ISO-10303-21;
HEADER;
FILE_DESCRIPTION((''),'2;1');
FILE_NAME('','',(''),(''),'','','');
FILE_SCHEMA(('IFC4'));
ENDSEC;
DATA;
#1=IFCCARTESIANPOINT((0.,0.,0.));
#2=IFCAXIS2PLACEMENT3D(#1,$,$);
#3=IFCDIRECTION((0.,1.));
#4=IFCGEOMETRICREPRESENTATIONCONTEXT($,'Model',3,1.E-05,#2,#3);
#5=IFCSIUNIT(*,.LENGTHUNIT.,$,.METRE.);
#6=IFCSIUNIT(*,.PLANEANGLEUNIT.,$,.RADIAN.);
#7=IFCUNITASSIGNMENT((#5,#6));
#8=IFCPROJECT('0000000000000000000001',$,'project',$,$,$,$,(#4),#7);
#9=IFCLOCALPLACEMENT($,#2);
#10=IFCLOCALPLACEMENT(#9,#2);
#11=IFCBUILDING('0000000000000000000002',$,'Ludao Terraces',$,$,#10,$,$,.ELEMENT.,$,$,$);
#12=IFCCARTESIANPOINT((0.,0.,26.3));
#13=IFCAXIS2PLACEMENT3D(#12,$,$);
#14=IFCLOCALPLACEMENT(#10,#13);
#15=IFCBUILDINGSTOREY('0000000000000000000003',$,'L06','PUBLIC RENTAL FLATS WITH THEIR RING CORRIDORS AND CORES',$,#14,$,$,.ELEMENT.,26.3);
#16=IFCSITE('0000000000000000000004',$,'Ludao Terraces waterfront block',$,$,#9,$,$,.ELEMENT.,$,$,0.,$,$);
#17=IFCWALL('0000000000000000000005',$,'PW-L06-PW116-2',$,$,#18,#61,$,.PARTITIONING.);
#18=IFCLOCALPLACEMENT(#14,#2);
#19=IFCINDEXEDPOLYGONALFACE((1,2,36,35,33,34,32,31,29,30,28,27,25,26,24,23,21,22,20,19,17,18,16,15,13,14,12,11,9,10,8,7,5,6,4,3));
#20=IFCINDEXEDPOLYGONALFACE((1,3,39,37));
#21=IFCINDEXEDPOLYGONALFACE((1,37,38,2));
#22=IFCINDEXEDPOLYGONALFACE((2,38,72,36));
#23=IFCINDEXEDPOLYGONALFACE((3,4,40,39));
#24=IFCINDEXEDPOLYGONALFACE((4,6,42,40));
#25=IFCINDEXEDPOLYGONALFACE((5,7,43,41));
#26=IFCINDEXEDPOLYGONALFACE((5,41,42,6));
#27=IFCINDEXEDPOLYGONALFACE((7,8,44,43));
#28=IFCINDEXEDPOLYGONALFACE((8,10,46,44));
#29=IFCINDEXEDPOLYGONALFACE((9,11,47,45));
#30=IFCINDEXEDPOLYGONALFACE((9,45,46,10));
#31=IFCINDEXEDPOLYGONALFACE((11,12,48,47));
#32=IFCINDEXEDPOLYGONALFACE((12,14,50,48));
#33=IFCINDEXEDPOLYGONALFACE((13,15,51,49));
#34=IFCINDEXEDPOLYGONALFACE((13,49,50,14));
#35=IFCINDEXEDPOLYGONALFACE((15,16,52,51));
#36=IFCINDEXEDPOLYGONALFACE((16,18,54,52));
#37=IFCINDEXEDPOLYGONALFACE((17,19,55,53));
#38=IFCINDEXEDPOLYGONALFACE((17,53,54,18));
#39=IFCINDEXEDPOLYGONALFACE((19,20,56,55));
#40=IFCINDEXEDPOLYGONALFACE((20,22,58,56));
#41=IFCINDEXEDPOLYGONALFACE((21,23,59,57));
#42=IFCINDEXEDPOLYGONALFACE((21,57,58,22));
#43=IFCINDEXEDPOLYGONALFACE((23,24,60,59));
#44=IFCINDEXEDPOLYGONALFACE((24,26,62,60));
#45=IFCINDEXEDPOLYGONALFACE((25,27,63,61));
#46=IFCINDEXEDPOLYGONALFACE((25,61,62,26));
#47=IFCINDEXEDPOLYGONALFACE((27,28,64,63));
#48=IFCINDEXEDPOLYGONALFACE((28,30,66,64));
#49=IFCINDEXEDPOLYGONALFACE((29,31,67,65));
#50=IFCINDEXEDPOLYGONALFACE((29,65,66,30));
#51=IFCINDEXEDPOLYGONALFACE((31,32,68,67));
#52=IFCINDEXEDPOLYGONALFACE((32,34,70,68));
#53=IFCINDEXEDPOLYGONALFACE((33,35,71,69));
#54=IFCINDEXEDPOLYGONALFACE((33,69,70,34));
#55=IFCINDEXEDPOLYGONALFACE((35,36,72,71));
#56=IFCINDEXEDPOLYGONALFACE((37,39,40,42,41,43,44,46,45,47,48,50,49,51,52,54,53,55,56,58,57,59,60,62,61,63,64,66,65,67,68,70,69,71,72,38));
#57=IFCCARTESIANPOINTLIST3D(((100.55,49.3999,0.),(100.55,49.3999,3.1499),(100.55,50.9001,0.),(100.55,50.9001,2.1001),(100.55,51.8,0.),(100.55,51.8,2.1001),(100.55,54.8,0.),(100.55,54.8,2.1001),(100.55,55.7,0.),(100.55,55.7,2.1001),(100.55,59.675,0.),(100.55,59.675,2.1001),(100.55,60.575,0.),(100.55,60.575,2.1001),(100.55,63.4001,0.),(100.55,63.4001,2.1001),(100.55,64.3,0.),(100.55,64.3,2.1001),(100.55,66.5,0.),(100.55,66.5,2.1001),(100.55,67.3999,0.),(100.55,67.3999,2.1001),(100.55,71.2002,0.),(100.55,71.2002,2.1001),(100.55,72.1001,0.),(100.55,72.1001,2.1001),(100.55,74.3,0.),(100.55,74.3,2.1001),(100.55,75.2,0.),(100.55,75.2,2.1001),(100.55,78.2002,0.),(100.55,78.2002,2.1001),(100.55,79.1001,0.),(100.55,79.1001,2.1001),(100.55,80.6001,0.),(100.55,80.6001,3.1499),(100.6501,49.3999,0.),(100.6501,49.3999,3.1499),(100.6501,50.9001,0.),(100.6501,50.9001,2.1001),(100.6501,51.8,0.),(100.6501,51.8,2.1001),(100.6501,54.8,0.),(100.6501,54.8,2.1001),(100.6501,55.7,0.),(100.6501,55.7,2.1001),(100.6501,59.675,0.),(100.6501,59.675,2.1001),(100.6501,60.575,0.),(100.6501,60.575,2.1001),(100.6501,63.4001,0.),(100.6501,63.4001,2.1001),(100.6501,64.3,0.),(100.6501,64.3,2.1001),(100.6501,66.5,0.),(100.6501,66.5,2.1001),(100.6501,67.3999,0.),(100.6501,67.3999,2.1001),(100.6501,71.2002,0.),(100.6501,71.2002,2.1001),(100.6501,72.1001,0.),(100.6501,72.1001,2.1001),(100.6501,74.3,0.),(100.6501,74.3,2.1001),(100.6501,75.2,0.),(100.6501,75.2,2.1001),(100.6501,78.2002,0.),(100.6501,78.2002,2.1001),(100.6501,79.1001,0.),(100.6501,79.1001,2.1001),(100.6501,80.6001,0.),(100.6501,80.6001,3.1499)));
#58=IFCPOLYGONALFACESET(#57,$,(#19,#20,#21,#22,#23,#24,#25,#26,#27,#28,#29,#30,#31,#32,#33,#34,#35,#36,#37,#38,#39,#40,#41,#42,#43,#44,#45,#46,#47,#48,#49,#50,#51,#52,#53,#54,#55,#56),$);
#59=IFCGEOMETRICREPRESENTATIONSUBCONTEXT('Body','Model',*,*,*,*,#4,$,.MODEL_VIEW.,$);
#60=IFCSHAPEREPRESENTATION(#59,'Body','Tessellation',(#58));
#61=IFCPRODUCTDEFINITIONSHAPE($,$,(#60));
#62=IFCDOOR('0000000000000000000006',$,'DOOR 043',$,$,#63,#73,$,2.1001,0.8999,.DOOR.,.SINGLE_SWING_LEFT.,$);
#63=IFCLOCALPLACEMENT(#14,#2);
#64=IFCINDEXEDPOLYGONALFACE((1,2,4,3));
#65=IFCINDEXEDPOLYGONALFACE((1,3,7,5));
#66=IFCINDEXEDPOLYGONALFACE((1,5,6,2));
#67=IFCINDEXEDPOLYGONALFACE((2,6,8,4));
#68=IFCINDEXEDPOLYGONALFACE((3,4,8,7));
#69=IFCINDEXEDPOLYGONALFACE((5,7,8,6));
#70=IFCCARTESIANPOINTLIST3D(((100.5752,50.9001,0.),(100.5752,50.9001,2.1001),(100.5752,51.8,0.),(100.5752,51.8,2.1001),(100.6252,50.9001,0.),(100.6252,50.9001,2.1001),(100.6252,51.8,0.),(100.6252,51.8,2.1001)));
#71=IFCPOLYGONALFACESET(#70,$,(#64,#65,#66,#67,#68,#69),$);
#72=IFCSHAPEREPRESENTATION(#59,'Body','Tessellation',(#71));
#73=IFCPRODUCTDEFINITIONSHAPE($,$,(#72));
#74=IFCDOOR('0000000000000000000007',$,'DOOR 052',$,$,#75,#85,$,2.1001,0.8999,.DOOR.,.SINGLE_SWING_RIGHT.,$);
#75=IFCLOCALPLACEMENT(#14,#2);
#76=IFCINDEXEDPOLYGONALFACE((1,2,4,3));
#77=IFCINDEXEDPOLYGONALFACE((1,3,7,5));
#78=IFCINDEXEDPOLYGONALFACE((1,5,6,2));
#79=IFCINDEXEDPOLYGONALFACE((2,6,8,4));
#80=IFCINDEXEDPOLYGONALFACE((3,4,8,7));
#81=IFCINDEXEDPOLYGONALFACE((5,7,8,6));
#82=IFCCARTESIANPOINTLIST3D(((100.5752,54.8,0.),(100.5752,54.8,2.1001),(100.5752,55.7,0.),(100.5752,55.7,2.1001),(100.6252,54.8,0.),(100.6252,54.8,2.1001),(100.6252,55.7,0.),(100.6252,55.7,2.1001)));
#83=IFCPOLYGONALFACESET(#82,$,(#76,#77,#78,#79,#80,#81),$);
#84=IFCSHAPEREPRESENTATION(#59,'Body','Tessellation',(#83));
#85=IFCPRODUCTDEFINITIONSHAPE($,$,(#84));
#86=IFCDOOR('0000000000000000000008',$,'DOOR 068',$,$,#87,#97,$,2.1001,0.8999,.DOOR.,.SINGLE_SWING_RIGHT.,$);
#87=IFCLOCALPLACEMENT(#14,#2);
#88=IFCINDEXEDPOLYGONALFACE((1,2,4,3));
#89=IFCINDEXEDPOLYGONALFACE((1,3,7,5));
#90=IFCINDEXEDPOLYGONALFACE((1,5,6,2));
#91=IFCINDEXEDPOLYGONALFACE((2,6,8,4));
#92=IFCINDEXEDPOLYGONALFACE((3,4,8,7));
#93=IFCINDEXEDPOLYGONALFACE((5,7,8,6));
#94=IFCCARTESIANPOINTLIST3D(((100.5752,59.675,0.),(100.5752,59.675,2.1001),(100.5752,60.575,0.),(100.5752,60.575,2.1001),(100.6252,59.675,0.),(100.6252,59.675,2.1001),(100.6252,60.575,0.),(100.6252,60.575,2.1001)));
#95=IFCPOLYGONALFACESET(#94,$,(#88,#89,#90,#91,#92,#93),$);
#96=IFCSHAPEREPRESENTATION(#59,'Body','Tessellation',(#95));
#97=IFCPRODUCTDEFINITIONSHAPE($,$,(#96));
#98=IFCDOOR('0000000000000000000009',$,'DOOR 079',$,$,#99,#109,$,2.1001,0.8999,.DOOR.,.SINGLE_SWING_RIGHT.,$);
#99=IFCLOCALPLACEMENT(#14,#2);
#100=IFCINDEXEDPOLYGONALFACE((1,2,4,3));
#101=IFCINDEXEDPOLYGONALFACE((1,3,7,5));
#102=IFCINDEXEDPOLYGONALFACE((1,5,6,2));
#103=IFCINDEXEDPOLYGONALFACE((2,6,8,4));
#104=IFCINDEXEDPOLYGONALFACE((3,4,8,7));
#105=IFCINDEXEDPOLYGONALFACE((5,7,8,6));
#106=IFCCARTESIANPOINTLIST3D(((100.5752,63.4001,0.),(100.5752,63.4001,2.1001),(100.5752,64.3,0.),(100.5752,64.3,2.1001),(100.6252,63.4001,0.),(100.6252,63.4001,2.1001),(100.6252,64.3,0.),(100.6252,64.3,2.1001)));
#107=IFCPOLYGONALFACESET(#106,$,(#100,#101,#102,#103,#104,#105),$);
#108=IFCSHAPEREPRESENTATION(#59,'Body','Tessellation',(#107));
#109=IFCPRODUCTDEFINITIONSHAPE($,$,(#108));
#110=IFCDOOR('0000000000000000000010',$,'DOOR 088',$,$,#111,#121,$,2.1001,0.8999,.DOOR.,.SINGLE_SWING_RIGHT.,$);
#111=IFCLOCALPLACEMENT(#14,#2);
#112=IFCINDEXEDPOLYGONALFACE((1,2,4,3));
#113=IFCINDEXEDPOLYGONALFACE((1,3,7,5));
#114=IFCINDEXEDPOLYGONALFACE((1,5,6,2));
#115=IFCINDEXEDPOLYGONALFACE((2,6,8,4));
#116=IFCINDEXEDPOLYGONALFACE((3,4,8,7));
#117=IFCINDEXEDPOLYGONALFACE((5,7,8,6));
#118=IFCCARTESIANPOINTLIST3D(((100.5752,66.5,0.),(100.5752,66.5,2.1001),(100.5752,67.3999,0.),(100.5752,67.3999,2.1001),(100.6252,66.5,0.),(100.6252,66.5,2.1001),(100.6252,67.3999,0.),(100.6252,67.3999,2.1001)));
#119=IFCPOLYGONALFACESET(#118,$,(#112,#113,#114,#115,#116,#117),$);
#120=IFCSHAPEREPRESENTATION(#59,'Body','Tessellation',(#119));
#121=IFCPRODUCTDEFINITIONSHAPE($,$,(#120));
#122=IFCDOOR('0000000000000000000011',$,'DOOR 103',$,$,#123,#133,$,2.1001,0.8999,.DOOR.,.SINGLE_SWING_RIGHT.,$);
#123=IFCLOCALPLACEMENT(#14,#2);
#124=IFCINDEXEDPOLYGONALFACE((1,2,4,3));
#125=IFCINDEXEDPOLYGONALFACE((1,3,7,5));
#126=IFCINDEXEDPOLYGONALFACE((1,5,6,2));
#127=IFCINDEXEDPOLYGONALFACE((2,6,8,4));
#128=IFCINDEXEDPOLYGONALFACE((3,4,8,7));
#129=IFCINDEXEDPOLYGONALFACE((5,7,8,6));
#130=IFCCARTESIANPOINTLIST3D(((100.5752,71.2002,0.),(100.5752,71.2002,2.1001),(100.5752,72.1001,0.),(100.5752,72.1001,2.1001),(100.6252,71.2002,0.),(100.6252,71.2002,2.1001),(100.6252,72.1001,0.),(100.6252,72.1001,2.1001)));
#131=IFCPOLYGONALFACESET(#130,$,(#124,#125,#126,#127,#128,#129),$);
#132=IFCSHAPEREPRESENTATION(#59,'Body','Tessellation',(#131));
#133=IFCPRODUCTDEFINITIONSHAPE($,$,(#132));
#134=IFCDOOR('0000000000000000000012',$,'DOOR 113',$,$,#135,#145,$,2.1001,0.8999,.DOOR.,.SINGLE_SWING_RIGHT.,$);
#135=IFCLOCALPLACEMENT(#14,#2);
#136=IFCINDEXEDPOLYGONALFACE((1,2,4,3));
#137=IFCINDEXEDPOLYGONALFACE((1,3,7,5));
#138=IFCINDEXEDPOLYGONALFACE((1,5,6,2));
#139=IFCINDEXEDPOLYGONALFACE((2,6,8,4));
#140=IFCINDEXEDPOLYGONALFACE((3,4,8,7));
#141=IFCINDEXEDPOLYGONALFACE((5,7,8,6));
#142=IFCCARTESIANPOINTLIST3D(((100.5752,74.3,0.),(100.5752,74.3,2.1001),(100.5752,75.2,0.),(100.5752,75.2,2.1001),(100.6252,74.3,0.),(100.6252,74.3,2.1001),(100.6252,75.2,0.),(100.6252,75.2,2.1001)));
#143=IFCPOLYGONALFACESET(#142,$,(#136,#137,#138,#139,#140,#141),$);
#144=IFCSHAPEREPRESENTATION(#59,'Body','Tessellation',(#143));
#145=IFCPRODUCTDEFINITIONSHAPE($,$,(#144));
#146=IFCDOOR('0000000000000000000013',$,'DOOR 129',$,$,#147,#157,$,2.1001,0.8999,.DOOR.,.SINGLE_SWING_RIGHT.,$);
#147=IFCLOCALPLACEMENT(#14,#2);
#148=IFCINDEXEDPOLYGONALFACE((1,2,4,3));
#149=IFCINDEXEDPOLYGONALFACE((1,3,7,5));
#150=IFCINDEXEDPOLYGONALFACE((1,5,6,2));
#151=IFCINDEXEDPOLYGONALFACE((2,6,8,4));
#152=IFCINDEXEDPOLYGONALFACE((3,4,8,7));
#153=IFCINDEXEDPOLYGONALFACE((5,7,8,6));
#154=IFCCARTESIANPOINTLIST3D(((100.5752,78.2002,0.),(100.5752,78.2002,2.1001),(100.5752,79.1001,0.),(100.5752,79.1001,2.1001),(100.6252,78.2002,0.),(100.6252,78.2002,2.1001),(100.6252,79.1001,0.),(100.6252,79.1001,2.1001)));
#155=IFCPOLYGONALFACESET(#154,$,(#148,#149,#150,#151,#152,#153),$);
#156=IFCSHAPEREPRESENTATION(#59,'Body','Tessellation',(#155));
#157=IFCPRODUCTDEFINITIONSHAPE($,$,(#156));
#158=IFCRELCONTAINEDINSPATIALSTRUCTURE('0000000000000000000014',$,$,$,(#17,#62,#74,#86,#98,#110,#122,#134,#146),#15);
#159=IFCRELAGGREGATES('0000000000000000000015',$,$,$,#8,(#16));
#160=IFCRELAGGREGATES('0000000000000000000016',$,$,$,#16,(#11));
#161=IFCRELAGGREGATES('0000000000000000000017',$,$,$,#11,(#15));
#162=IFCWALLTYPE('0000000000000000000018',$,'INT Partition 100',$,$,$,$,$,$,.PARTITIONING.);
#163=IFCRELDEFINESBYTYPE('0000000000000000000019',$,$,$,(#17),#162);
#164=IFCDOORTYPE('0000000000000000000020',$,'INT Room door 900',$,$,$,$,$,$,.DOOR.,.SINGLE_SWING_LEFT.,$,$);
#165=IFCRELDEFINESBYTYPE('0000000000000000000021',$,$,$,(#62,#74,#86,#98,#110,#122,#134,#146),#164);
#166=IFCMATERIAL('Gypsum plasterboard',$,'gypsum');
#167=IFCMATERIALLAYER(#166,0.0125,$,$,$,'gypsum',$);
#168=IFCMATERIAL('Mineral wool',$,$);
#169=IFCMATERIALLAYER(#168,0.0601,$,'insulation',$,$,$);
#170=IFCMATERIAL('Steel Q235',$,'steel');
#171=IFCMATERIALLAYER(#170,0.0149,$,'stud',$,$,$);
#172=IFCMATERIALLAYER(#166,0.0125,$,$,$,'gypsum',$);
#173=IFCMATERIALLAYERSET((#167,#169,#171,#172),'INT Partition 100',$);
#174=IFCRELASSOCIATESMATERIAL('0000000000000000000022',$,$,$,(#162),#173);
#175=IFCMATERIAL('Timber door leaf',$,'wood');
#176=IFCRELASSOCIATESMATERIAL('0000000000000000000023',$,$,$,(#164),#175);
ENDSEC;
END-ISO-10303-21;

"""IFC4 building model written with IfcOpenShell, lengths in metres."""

from ifc_helpers import new_model, si_unit, direction, frame, frame_2d, origin, place, context, subcontext, project, spatial, rectangle, extrude, material, layer, layer_set, type_object, element, fill, save


model = new_model("IFC4")

# Units and contexts
model_context = context("Model", 3, precision=1e-05, world=origin(), true_north=direction((0.0, 1.0)))
body_context = subcontext(model_context, "Body", "Model", "MODEL_VIEW")
ifc_project = project(units=[si_unit("LENGTHUNIT", "METRE"), si_unit("PLANEANGLEUNIT", "RADIAN")], contexts=[model_context])

# Site, building, storey
site_placement = place(None, origin())
site = spatial("IfcSite", under=ifc_project, at=site_placement, Name="Ludao Terraces waterfront block", CompositionType="ELEMENT", RefElevation=0.0)
building_placement = place(site_placement, origin())
building = spatial("IfcBuilding", under=site, at=building_placement, Name="Ludao Terraces", CompositionType="ELEMENT")
storey_placement = place(building_placement, frame((0.0, 0.0, 26.3)))
storey = spatial("IfcBuildingStorey", under=building, at=storey_placement, Name="L06", Description="PUBLIC RENTAL FLATS WITH THEIR RING CORRIDORS AND CORES", CompositionType="ELEMENT", Elevation=26.3)

# Shared definitions
ifc_material_1 = material(Name="Mineral wool")

# Wall, openings, doors
ifc_material_2 = material(Name="Gypsum plasterboard", Category="gypsum")
ifc_layer_1 = layer(ifc_material_2, 0.0125, Category="gypsum")
ifc_layer_2 = layer(ifc_material_1, 0.0601, Name="insulation")
ifc_material_3 = material(Name="Steel Q235", Category="steel")
ifc_layer_3 = layer(ifc_material_3, 0.0149, Name="stud")
ifc_layer_4 = layer(ifc_material_2, 0.0125, Category="gypsum")
ifc_layer_set_1 = layer_set([ifc_layer_1, ifc_layer_2, ifc_layer_3, ifc_layer_4], Name="INT Partition 100")
wall_type_1 = type_object("IfcWallType", Name="INT Partition 100", PredefinedType="PARTITIONING", material=ifc_layer_set_1)
wall_1_placement = place(storey_placement, frame((100.6001, 49.3999, 0.0), z_axis=(0.0, 0.0, 1.0), x_axis=(0.0, 1.0, 0.0)))
wall_1 = element("IfcWall", 1, at=wall_1_placement, inside=storey, type_object=wall_type_1, Name="PW-L06-PW116-2", PredefinedType="PARTITIONING", context=body_context, shape_type="SweptSolid", body=[
    extrude(rectangle(XDim=31.2002, YDim=0.1001, at=frame_2d((15.6001, 0.0))), origin(), (0.0, 0.0, 1.0), 3.1499),
])
opening_1_placement = place(wall_1_placement, frame((1.5002, 0.0, 0.0)))
opening_1 = element("IfcOpeningElement", 2, at=opening_1_placement, cuts=wall_1, PredefinedType="OPENING", context=body_context, shape_type="SweptSolid", body=[
    extrude(rectangle(XDim=0.8999, YDim=2.1001, at=frame_2d((0.45, 1.05))), frame((0.0, 0.0601, 0.0), z_axis=(0.0, -1.0, 0.0), x_axis=(1.0, 0.0, 0.0)), (0.0, 0.0, 1.0), 0.1201),
])
opening_2_placement = place(wall_1_placement, frame((5.4001, 0.0, 0.0)))
opening_2 = element("IfcOpeningElement", 3, at=opening_2_placement, cuts=wall_1, PredefinedType="OPENING", context=body_context, shape_type="SweptSolid", body=[
    extrude(rectangle(XDim=0.8999, YDim=2.1001, at=frame_2d((0.45, 1.05))), frame((0.0, 0.0601, 0.0), z_axis=(0.0, -1.0, 0.0), x_axis=(1.0, 0.0, 0.0)), (0.0, 0.0, 1.0), 0.1201),
])
opening_3_placement = place(wall_1_placement, frame((10.2751, 0.0, 0.0)))
opening_3 = element("IfcOpeningElement", 4, at=opening_3_placement, cuts=wall_1, PredefinedType="OPENING", context=body_context, shape_type="SweptSolid", body=[
    extrude(rectangle(XDim=0.8999, YDim=2.1001, at=frame_2d((0.45, 1.05))), frame((0.0, 0.0601, 0.0), z_axis=(0.0, -1.0, 0.0), x_axis=(1.0, 0.0, 0.0)), (0.0, 0.0, 1.0), 0.1201),
])
opening_4_placement = place(wall_1_placement, frame((14.0002, 0.0, 0.0)))
opening_4 = element("IfcOpeningElement", 5, at=opening_4_placement, cuts=wall_1, PredefinedType="OPENING", context=body_context, shape_type="SweptSolid", body=[
    extrude(rectangle(XDim=0.8999, YDim=2.1001, at=frame_2d((0.45, 1.05))), frame((0.0, 0.0601, 0.0), z_axis=(0.0, -1.0, 0.0), x_axis=(1.0, 0.0, 0.0)), (0.0, 0.0, 1.0), 0.1201),
])
opening_5_placement = place(wall_1_placement, frame((17.1001, 0.0, 0.0)))
opening_5 = element("IfcOpeningElement", 6, at=opening_5_placement, cuts=wall_1, PredefinedType="OPENING", context=body_context, shape_type="SweptSolid", body=[
    extrude(rectangle(XDim=0.8999, YDim=2.1001, at=frame_2d((0.45, 1.05))), frame((0.0, 0.0601, 0.0), z_axis=(0.0, -1.0, 0.0), x_axis=(1.0, 0.0, 0.0)), (0.0, 0.0, 1.0), 0.1201),
])
opening_6_placement = place(wall_1_placement, frame((21.8003, 0.0, 0.0)))
opening_6 = element("IfcOpeningElement", 7, at=opening_6_placement, cuts=wall_1, PredefinedType="OPENING", context=body_context, shape_type="SweptSolid", body=[
    extrude(rectangle(XDim=0.8999, YDim=2.1001, at=frame_2d((0.45, 1.05))), frame((0.0, 0.0601, 0.0), z_axis=(0.0, -1.0, 0.0), x_axis=(1.0, 0.0, 0.0)), (0.0, 0.0, 1.0), 0.1201),
])
opening_7_placement = place(wall_1_placement, frame((24.9001, 0.0, 0.0)))
opening_7 = element("IfcOpeningElement", 8, at=opening_7_placement, cuts=wall_1, PredefinedType="OPENING", context=body_context, shape_type="SweptSolid", body=[
    extrude(rectangle(XDim=0.8999, YDim=2.1001, at=frame_2d((0.45, 1.05))), frame((0.0, 0.0601, 0.0), z_axis=(0.0, -1.0, 0.0), x_axis=(1.0, 0.0, 0.0)), (0.0, 0.0, 1.0), 0.1201),
])
opening_8_placement = place(wall_1_placement, frame((28.8003, 0.0, 0.0)))
opening_8 = element("IfcOpeningElement", 9, at=opening_8_placement, cuts=wall_1, PredefinedType="OPENING", context=body_context, shape_type="SweptSolid", body=[
    extrude(rectangle(XDim=0.8999, YDim=2.1001, at=frame_2d((0.45, 1.05))), frame((0.0, 0.0601, 0.0), z_axis=(0.0, -1.0, 0.0), x_axis=(1.0, 0.0, 0.0)), (0.0, 0.0, 1.0), 0.1201),
])
ifc_material_4 = material(Name="Timber door leaf", Category="wood")
door_type = type_object("IfcDoorType", Name="INT Room door 900", OperationType="SINGLE_SWING_LEFT", PredefinedType="DOOR", material=ifc_material_4)
door_1_placement = place(opening_1_placement, origin())
door_1 = element("IfcDoor", 10, at=door_1_placement, inside=storey, type_object=door_type, Name="DOOR 043", OperationType="SINGLE_SWING_LEFT", OverallHeight=2.1001, OverallWidth=0.8999, PredefinedType="DOOR", context=body_context, shape_type="SweptSolid", body=[
    extrude(rectangle(XDim=0.8999, YDim=2.1001, at=frame_2d((0.45, 1.05))), frame((0.0, 0.0249, 0.0), z_axis=(0.0, -1.0, 0.0), x_axis=(1.0, 0.0, 0.0)), (0.0, 0.0, 1.0), 0.05),
])
fill(opening_1, door_1)
door_2_placement = place(opening_2_placement, origin())
door_2 = element("IfcDoor", 11, at=door_2_placement, inside=storey, type_object=door_type, Name="DOOR 052", OperationType="SINGLE_SWING_RIGHT", OverallHeight=2.1001, OverallWidth=0.8999, PredefinedType="DOOR", context=body_context, shape_type="SweptSolid", body=[
    extrude(rectangle(XDim=0.8999, YDim=2.1001, at=frame_2d((0.45, 1.05))), frame((0.0, 0.0249, 0.0), z_axis=(0.0, -1.0, 0.0), x_axis=(1.0, 0.0, 0.0)), (0.0, 0.0, 1.0), 0.05),
])
fill(opening_2, door_2)
door_3_placement = place(opening_3_placement, origin())
door_3 = element("IfcDoor", 12, at=door_3_placement, inside=storey, type_object=door_type, Name="DOOR 068", OperationType="SINGLE_SWING_RIGHT", OverallHeight=2.1001, OverallWidth=0.8999, PredefinedType="DOOR", context=body_context, shape_type="SweptSolid", body=[
    extrude(rectangle(XDim=0.8999, YDim=2.1001, at=frame_2d((0.45, 1.05))), frame((0.0, 0.0249, 0.0), z_axis=(0.0, -1.0, 0.0), x_axis=(1.0, 0.0, 0.0)), (0.0, 0.0, 1.0), 0.05),
])
fill(opening_3, door_3)
door_4_placement = place(opening_4_placement, origin())
door_4 = element("IfcDoor", 13, at=door_4_placement, inside=storey, type_object=door_type, Name="DOOR 079", OperationType="SINGLE_SWING_RIGHT", OverallHeight=2.1001, OverallWidth=0.8999, PredefinedType="DOOR", context=body_context, shape_type="SweptSolid", body=[
    extrude(rectangle(XDim=0.8999, YDim=2.1001, at=frame_2d((0.45, 1.05))), frame((0.0, 0.0249, 0.0), z_axis=(0.0, -1.0, 0.0), x_axis=(1.0, 0.0, 0.0)), (0.0, 0.0, 1.0), 0.05),
])
fill(opening_4, door_4)
door_5_placement = place(opening_5_placement, origin())
door_5 = element("IfcDoor", 14, at=door_5_placement, inside=storey, type_object=door_type, Name="DOOR 088", OperationType="SINGLE_SWING_RIGHT", OverallHeight=2.1001, OverallWidth=0.8999, PredefinedType="DOOR", context=body_context, shape_type="SweptSolid", body=[
    extrude(rectangle(XDim=0.8999, YDim=2.1001, at=frame_2d((0.45, 1.05))), frame((0.0, 0.0249, 0.0), z_axis=(0.0, -1.0, 0.0), x_axis=(1.0, 0.0, 0.0)), (0.0, 0.0, 1.0), 0.05),
])
fill(opening_5, door_5)
door_6_placement = place(opening_6_placement, origin())
door_6 = element("IfcDoor", 15, at=door_6_placement, inside=storey, type_object=door_type, Name="DOOR 103", OperationType="SINGLE_SWING_RIGHT", OverallHeight=2.1001, OverallWidth=0.8999, PredefinedType="DOOR", context=body_context, shape_type="SweptSolid", body=[
    extrude(rectangle(XDim=0.8999, YDim=2.1001, at=frame_2d((0.45, 1.05))), frame((0.0, 0.0249, 0.0), z_axis=(0.0, -1.0, 0.0), x_axis=(1.0, 0.0, 0.0)), (0.0, 0.0, 1.0), 0.05),
])
fill(opening_6, door_6)
door_7_placement = place(opening_7_placement, origin())
door_7 = element("IfcDoor", 16, at=door_7_placement, inside=storey, type_object=door_type, Name="DOOR 113", OperationType="SINGLE_SWING_RIGHT", OverallHeight=2.1001, OverallWidth=0.8999, PredefinedType="DOOR", context=body_context, shape_type="SweptSolid", body=[
    extrude(rectangle(XDim=0.8999, YDim=2.1001, at=frame_2d((0.45, 1.05))), frame((0.0, 0.0249, 0.0), z_axis=(0.0, -1.0, 0.0), x_axis=(1.0, 0.0, 0.0)), (0.0, 0.0, 1.0), 0.05),
])
fill(opening_7, door_7)
door_8_placement = place(opening_8_placement, origin())
door_8 = element("IfcDoor", 17, at=door_8_placement, inside=storey, type_object=door_type, Name="DOOR 129", OperationType="SINGLE_SWING_RIGHT", OverallHeight=2.1001, OverallWidth=0.8999, PredefinedType="DOOR", context=body_context, shape_type="SweptSolid", body=[
    extrude(rectangle(XDim=0.8999, YDim=2.1001, at=frame_2d((0.45, 1.05))), frame((0.0, 0.0249, 0.0), z_axis=(0.0, -1.0, 0.0), x_axis=(1.0, 0.0, 0.0)), (0.0, 0.0, 1.0), 0.05),
])
fill(opening_8, door_8)

save(model, "model.ifc")
